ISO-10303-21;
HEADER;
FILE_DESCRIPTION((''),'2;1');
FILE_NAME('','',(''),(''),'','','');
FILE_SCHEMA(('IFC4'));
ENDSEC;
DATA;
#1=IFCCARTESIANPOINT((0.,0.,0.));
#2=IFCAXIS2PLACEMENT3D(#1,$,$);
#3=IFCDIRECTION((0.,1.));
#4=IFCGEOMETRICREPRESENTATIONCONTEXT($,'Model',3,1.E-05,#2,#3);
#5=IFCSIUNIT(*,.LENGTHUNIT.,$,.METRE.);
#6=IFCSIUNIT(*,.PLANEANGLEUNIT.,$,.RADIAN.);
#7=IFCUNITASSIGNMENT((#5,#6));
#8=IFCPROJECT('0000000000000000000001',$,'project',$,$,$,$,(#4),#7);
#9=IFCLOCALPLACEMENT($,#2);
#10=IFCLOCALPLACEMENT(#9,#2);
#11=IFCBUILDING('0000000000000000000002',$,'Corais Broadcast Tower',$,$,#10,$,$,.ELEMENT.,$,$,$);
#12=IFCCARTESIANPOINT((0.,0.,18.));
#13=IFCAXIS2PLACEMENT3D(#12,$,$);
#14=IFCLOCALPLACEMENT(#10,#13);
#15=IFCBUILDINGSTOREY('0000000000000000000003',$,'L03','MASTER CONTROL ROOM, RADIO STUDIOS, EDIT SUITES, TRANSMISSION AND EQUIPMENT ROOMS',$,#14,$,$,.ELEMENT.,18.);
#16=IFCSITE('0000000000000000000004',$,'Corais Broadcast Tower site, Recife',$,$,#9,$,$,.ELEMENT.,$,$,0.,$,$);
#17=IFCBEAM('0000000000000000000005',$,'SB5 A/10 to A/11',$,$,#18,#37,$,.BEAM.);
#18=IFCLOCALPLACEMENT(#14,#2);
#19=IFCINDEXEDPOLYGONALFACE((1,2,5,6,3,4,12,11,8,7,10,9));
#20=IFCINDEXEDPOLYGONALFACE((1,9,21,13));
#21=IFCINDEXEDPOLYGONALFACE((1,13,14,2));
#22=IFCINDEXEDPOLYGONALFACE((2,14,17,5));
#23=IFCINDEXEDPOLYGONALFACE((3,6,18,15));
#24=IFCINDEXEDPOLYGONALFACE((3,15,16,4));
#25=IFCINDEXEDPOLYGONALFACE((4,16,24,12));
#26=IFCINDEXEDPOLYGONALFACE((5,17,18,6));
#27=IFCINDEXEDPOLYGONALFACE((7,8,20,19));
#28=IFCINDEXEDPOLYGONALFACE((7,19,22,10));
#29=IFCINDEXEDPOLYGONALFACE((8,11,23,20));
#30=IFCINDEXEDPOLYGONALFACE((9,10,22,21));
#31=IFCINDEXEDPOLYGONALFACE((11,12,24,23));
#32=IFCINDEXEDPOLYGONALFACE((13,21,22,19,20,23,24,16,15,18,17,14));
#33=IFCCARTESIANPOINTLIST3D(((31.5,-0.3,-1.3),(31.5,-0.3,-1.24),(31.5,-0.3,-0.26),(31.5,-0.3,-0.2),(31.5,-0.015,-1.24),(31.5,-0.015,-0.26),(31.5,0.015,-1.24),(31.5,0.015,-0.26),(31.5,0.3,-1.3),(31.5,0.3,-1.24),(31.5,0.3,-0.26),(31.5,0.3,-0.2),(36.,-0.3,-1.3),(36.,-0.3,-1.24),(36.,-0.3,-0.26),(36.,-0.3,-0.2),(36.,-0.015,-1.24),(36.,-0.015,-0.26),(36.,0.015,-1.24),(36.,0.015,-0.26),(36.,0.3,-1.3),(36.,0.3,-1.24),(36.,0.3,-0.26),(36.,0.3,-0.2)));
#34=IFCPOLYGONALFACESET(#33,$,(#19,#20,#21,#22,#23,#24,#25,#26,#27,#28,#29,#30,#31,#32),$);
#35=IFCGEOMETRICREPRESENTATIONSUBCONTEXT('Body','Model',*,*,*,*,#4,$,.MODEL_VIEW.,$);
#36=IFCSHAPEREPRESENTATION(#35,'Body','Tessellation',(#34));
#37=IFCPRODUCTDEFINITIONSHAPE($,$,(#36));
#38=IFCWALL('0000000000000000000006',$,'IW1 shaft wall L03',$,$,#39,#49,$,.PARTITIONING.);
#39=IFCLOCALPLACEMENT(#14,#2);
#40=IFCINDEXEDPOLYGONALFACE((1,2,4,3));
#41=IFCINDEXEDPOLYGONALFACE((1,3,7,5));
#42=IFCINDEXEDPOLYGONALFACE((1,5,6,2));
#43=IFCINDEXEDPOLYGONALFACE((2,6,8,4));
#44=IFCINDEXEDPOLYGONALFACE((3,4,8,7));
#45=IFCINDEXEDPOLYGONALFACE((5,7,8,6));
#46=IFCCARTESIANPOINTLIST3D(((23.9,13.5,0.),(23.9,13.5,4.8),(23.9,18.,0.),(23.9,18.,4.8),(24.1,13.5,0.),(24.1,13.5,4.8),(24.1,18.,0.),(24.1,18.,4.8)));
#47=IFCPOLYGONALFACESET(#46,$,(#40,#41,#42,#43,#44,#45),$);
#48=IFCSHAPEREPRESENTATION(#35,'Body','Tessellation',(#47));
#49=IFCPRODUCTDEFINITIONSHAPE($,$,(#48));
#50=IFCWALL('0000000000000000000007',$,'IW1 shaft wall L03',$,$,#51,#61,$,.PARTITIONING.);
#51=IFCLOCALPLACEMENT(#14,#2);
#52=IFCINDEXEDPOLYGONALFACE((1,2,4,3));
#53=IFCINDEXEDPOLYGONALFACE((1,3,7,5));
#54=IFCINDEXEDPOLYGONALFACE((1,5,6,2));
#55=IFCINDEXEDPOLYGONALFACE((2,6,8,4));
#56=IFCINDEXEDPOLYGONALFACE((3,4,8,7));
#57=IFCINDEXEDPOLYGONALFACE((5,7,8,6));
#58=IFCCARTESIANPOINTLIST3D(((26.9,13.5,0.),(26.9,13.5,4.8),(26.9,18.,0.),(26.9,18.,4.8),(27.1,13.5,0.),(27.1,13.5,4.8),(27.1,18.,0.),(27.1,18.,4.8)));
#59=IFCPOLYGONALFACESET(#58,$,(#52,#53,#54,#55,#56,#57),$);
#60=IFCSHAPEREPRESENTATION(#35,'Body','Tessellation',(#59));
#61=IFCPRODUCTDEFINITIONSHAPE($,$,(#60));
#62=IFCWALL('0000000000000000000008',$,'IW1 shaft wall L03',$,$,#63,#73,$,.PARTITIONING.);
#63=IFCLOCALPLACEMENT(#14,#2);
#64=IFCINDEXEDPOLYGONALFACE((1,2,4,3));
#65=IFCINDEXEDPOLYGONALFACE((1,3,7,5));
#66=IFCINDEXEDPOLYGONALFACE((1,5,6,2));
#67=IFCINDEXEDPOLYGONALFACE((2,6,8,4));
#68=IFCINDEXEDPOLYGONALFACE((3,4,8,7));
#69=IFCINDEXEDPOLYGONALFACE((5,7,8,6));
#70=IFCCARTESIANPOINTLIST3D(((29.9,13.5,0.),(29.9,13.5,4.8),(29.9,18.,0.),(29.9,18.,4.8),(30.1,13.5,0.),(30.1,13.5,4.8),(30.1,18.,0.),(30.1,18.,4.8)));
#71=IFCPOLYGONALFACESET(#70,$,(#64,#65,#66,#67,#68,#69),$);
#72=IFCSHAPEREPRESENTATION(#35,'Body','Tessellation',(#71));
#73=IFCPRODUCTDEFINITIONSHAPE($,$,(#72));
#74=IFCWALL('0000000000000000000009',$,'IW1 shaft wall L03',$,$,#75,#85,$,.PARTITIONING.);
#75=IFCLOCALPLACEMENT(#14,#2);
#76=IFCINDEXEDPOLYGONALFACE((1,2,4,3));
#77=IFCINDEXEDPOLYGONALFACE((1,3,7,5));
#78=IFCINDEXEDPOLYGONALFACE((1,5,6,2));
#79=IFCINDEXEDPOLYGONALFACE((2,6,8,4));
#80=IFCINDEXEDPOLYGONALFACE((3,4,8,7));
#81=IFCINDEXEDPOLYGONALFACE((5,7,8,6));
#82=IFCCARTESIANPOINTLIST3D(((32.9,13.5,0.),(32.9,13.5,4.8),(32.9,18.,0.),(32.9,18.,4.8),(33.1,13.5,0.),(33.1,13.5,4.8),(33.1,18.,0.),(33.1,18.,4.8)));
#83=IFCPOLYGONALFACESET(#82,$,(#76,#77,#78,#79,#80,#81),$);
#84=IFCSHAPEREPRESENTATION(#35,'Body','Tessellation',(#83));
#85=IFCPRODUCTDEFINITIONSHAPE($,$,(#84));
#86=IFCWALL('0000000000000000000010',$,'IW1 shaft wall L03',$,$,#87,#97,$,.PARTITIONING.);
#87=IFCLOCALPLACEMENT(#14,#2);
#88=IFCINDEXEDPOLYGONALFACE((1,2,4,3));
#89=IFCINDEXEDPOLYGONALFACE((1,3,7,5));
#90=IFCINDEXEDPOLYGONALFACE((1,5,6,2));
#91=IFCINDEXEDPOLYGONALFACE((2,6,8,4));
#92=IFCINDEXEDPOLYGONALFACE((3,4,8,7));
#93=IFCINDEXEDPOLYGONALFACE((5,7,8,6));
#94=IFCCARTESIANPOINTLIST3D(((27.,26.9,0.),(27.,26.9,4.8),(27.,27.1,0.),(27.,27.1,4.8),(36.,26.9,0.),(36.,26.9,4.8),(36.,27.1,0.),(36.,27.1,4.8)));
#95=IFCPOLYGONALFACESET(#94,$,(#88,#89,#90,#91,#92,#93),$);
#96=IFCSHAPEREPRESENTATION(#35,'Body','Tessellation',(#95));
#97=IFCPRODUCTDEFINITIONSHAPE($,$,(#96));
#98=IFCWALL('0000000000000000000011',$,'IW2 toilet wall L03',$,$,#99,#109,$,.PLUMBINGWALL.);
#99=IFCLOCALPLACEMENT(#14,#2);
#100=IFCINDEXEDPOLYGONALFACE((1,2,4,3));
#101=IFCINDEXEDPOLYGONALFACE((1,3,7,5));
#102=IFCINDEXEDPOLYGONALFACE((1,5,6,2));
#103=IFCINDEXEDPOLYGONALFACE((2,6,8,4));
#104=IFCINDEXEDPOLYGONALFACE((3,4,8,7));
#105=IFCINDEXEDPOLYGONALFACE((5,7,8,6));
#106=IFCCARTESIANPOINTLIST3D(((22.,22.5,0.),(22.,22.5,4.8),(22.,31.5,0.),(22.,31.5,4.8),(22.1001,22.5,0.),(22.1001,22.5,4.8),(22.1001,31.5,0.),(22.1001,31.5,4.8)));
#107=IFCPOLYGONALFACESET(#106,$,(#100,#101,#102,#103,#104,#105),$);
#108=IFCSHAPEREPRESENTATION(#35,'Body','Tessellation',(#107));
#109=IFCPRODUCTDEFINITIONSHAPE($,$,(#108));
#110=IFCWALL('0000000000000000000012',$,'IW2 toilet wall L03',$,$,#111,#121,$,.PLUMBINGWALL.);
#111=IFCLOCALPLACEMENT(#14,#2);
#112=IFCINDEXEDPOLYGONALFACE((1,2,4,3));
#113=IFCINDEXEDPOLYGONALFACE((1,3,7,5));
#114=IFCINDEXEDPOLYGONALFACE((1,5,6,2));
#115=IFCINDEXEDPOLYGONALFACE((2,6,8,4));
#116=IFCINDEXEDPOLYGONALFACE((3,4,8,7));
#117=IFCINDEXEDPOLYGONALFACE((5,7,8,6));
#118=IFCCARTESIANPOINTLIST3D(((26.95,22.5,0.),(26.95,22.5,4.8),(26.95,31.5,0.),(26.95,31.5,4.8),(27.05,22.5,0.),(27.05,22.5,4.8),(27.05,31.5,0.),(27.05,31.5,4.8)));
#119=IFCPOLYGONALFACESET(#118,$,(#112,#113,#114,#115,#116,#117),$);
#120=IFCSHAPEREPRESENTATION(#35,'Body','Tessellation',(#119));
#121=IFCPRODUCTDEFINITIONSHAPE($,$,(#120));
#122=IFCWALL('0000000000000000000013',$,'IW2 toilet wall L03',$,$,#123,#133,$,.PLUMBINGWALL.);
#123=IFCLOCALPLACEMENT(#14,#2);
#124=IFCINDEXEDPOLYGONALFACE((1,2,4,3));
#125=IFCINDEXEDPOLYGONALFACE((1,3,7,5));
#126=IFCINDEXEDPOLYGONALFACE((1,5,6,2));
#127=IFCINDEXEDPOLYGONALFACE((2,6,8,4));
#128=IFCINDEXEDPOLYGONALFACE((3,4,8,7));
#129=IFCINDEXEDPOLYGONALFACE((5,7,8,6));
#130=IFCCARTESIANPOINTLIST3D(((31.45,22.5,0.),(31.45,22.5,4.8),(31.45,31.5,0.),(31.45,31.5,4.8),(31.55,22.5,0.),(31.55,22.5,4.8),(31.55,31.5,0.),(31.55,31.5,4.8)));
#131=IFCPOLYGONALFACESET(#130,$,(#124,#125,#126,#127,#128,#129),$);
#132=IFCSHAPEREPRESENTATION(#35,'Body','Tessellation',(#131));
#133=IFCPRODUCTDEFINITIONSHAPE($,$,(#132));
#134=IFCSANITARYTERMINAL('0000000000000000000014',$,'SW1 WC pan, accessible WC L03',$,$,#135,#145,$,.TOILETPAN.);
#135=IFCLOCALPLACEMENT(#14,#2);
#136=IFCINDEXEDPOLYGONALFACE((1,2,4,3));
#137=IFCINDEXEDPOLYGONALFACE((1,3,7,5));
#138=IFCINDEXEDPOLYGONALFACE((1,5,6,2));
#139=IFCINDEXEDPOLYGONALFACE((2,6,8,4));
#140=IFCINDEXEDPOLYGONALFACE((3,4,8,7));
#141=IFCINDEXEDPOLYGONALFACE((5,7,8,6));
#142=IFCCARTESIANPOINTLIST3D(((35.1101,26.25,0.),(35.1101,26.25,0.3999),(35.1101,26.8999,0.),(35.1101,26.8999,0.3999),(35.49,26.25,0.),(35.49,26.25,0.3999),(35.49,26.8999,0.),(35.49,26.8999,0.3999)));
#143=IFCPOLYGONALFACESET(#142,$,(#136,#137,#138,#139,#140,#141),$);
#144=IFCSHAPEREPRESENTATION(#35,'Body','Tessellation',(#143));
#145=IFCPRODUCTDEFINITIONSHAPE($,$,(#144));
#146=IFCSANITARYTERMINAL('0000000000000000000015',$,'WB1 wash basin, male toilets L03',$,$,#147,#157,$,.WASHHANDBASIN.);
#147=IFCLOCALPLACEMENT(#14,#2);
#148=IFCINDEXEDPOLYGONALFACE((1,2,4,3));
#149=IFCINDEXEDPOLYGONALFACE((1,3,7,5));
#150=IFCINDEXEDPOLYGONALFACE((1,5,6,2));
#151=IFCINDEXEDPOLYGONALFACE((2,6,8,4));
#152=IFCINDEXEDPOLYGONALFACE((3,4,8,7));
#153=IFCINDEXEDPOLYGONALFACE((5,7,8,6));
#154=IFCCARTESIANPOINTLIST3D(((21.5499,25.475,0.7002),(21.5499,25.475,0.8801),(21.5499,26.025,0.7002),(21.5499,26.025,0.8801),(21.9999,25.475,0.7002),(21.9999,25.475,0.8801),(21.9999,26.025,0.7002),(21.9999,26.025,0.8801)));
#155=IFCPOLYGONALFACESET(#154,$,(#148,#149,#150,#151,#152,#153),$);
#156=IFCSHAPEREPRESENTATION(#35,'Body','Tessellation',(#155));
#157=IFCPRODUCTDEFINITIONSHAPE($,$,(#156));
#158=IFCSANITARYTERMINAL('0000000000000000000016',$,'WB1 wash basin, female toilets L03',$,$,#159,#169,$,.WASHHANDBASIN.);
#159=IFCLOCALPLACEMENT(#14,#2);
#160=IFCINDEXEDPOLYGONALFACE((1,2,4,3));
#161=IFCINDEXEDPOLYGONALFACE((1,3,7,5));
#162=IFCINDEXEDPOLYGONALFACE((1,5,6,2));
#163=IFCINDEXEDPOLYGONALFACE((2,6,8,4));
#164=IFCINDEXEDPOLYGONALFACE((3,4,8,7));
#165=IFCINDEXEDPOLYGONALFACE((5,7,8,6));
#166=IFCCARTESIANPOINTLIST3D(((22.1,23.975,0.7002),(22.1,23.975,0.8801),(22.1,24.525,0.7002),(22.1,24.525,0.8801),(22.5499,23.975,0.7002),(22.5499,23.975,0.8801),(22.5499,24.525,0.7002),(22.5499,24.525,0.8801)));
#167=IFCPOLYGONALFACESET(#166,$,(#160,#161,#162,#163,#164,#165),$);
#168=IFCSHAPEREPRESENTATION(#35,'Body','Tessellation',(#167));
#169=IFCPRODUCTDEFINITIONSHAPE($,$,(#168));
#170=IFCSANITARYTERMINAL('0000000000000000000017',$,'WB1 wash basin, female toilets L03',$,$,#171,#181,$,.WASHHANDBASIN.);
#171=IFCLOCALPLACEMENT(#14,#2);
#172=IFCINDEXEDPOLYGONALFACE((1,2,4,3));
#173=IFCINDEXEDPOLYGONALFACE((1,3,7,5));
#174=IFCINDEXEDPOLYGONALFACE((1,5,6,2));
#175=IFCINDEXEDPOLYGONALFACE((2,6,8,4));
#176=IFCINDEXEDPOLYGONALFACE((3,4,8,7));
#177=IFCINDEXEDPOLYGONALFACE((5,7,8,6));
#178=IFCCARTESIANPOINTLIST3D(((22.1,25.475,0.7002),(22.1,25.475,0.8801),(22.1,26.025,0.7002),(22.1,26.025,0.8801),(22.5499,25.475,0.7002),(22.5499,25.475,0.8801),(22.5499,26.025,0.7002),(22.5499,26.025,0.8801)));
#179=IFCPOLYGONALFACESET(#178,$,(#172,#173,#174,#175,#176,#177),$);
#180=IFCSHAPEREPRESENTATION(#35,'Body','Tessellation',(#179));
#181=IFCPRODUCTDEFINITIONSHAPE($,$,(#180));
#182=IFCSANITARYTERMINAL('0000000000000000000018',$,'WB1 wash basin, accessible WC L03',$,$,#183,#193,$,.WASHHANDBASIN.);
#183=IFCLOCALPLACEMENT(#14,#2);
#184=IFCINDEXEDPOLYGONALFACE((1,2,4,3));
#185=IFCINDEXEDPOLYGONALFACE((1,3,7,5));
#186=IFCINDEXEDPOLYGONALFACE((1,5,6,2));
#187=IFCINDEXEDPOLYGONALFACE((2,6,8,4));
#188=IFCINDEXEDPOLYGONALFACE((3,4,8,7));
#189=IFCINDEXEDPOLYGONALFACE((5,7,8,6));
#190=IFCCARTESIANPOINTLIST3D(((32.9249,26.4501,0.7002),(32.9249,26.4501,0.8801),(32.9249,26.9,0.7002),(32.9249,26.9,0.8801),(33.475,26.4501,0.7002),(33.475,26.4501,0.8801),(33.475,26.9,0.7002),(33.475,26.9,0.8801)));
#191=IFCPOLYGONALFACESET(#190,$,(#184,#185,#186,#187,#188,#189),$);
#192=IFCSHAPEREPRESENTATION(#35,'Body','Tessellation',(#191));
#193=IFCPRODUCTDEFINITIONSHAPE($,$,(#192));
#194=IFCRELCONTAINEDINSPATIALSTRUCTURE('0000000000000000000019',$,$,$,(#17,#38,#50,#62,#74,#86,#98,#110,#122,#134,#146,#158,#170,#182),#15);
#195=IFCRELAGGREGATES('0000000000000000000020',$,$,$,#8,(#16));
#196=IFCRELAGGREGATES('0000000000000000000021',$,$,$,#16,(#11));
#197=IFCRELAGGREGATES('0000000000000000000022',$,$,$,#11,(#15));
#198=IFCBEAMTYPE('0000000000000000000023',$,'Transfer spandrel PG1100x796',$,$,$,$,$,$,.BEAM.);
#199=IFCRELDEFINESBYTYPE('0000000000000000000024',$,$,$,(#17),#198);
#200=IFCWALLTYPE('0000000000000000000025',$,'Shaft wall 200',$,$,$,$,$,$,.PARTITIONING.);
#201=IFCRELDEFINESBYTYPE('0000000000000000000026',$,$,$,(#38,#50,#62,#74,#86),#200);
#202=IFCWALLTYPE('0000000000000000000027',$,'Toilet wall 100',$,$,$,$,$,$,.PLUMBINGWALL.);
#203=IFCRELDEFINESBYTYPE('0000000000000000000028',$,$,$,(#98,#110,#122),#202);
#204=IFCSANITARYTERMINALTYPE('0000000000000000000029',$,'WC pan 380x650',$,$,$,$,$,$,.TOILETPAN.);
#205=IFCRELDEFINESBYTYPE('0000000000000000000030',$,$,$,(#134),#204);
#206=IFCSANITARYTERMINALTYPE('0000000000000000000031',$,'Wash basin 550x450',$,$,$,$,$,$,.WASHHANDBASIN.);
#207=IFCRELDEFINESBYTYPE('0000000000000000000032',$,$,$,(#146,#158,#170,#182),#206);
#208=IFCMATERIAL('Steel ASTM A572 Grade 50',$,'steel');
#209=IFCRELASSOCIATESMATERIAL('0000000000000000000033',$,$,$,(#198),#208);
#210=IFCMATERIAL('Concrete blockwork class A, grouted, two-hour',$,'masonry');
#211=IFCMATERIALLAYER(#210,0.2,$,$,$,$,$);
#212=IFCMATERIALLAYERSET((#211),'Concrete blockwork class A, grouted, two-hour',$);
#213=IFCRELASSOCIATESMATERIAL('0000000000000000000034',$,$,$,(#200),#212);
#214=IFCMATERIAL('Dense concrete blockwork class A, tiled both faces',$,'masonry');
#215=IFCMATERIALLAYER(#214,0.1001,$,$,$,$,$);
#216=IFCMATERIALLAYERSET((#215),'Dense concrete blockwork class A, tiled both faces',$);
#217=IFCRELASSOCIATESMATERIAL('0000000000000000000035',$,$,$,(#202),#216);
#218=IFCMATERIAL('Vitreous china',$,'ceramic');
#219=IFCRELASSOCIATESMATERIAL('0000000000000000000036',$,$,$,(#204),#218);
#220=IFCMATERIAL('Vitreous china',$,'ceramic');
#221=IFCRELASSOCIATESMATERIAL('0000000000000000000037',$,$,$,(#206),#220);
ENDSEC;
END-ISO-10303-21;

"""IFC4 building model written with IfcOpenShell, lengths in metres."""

from ifc_helpers import new_model, si_unit, direction, frame, frame_2d, origin, origin_2d, place, context, subcontext, project, spatial, rectangle, i_section, extrude, material, layer, layer_set, material_profile, profile_set, type_object, element, save


model = new_model("IFC4")

# Units and contexts
model_context = context("Model", 3, precision=1e-05, world=origin(), true_north=direction((0.0, 1.0)))
body_context = subcontext(model_context, "Body", "Model", "MODEL_VIEW")
ifc_project = project(units=[si_unit("LENGTHUNIT", "METRE"), si_unit("PLANEANGLEUNIT", "RADIAN")], contexts=[model_context])

# Site, building, storey
site_placement = place(None, origin())
site = spatial("IfcSite", under=ifc_project, at=site_placement, Name="Corais Broadcast Tower site, Recife", CompositionType="ELEMENT", RefElevation=0.0)
building_placement = place(site_placement, origin())
building = spatial("IfcBuilding", under=site, at=building_placement, Name="Corais Broadcast Tower", CompositionType="ELEMENT")
storey_placement = place(building_placement, frame((0.0, 0.0, 18.0)))
storey = spatial("IfcBuildingStorey", under=building, at=storey_placement, Name="L03", Description="MASTER CONTROL ROOM, RADIO STUDIOS, EDIT SUITES, TRANSMISSION AND EQUIPMENT ROOMS", CompositionType="ELEMENT", Elevation=18.0)

# Beam
ifc_material_1 = material(Name="Steel ASTM A572 Grade 50", Category="steel")
ifc_material_profile_1 = material_profile(ifc_material_1, i_section(OverallWidth=0.6001, OverallDepth=1.1001, WebThickness=0.03, FlangeThickness=0.0601, at=origin_2d()), Name="PG1100x796")
ifc_profile_set_1 = profile_set([ifc_material_profile_1], Name="Steel ASTM A572 Grade 50")
beam_type_1 = type_object("IfcBeamType", Name="Transfer spandrel PG1100x796", PredefinedType="BEAM", material=ifc_profile_set_1)
for number, where, z_axis, x_axis, name in (
    (1, (31.5, 0.0, -0.75), (1.0, 0.0, 0.0), (0.0, 1.0, 0.0), "SB5 A/10 to A/11"),
):
    element("IfcBeam", number, at=place(storey_placement, frame(where, z_axis=z_axis, x_axis=x_axis)), inside=storey, type_object=beam_type_1, Name=name, PredefinedType="BEAM", context=body_context, shape_type="SweptSolid", body=[
        extrude(i_section(OverallWidth=0.6001, OverallDepth=1.1001, WebThickness=0.03, FlangeThickness=0.0601, at=origin_2d()), origin(), (0.0, 0.0, 1.0), 4.5),
    ])

# Walls
ifc_material_2 = material(Name="Concrete blockwork class A, grouted, two-hour", Category="masonry")
ifc_layer_1 = layer(ifc_material_2, 0.2)
ifc_layer_set_1 = layer_set([ifc_layer_1], Name="Concrete blockwork class A, grouted, two-hour")
wall_type_1 = type_object("IfcWallType", Name="Shaft wall 200", PredefinedType="PARTITIONING", material=ifc_layer_set_1)
for number, where, z_axis, x_axis, name in (
    (2, (24.0, 13.5, 0.0), (0.0, 0.0, 1.0), (0.0, 1.0, 0.0), "IW1 shaft wall L03"),
    (3, (27.0, 13.5, 0.0), (0.0, 0.0, 1.0), (0.0, 1.0, 0.0), "IW1 shaft wall L03"),
    (4, (30.0, 13.5, 0.0), (0.0, 0.0, 1.0), (0.0, 1.0, 0.0), "IW1 shaft wall L03"),
    (5, (33.0, 13.5, 0.0), (0.0, 0.0, 1.0), (0.0, 1.0, 0.0), "IW1 shaft wall L03"),
):
    element("IfcWall", number, at=place(storey_placement, frame(where, z_axis=z_axis, x_axis=x_axis)), inside=storey, type_object=wall_type_1, Name=name, PredefinedType="PARTITIONING", context=body_context, shape_type="SweptSolid", body=[
        extrude(rectangle(XDim=4.5, YDim=0.2, at=frame_2d((2.25, 0.0))), origin(), (0.0, 0.0, 1.0), 4.8),
    ])
wall_placement = place(storey_placement, frame((27.0, 27.0, 0.0), z_axis=(0.0, 0.0, 1.0), x_axis=(1.0, 0.0, 0.0)))
element("IfcWall", 6, at=wall_placement, inside=storey, type_object=wall_type_1, Name="IW1 shaft wall L03", PredefinedType="PARTITIONING", context=body_context, shape_type="SweptSolid", body=[
    extrude(rectangle(XDim=9.0, YDim=0.2, at=frame_2d((4.5, 0.0))), origin(), (0.0, 0.0, 1.0), 4.8),
])
ifc_material_3 = material(Name="Dense concrete blockwork class A, tiled both faces", Category="masonry")
ifc_layer_2 = layer(ifc_material_3, 0.1001)
ifc_layer_set_2 = layer_set([ifc_layer_2], Name="Dense concrete blockwork class A, tiled both faces")
wall_type_2 = type_object("IfcWallType", Name="Toilet wall 100", PredefinedType="PLUMBINGWALL", material=ifc_layer_set_2)
for number, where, z_axis, x_axis, name in (
    (7, (22.05, 22.5, 0.0), (0.0, 0.0, 1.0), (0.0, 1.0, 0.0), "IW2 toilet wall L03"),
    (8, (27.0, 22.5, 0.0), (0.0, 0.0, 1.0), (0.0, 1.0, 0.0), "IW2 toilet wall L03"),
    (9, (31.5, 22.5, 0.0), (0.0, 0.0, 1.0), (0.0, 1.0, 0.0), "IW2 toilet wall L03"),
):
    element("IfcWall", number, at=place(storey_placement, frame(where, z_axis=z_axis, x_axis=x_axis)), inside=storey, type_object=wall_type_2, Name=name, PredefinedType="PLUMBINGWALL", context=body_context, shape_type="SweptSolid", body=[
        extrude(rectangle(XDim=9.0, YDim=0.1001, at=frame_2d((4.5, 0.0))), origin(), (0.0, 0.0, 1.0), 4.8),
    ])

# Sanitary terminals
ifc_material_4 = material(Name="Vitreous china", Category="ceramic")
sanitary_terminal_type_1 = type_object("IfcSanitaryTerminalType", Name="WC pan 380x650", PredefinedType="TOILETPAN", material=ifc_material_4)
sanitary_terminal_1_placement = place(storey_placement, frame((35.3, 26.575, 0.0), z_axis=(0.0, 0.0, 1.0), x_axis=(1.0, 0.0, 0.0)))
element("IfcSanitaryTerminal", 10, at=sanitary_terminal_1_placement, inside=storey, type_object=sanitary_terminal_type_1, Name="SW1 WC pan, accessible WC L03", PredefinedType="TOILETPAN", context=body_context, shape_type="SweptSolid", body=[
    extrude(rectangle(XDim=0.3799, YDim=0.6499, at=origin_2d()), origin(), (0.0, 0.0, 1.0), 0.3999),
])
ifc_material_5 = material(Name="Vitreous china", Category="ceramic")
sanitary_terminal_type_2 = type_object("IfcSanitaryTerminalType", Name="Wash basin 550x450", PredefinedType="WASHHANDBASIN", material=ifc_material_5)
for number, where, z_axis, x_axis, name in (
    (11, (21.7749, 25.75, 0.7002), (0.0, 0.0, 1.0), (1.0, 0.0, 0.0), "WB1 wash basin, male toilets L03"),
    (12, (22.325, 24.25, 0.7002), (0.0, 0.0, 1.0), (1.0, 0.0, 0.0), "WB1 wash basin, female toilets L03"),
    (13, (22.325, 25.75, 0.7002), (0.0, 0.0, 1.0), (1.0, 0.0, 0.0), "WB1 wash basin, female toilets L03"),
):
    element("IfcSanitaryTerminal", number, at=place(storey_placement, frame(where, z_axis=z_axis, x_axis=x_axis)), inside=storey, type_object=sanitary_terminal_type_2, Name=name, PredefinedType="WASHHANDBASIN", context=body_context, shape_type="SweptSolid", body=[
        extrude(rectangle(XDim=0.45, YDim=0.55, at=origin_2d()), origin(), (0.0, 0.0, 1.0), 0.1799),
    ])
sanitary_terminal_2_placement = place(storey_placement, frame((33.2, 26.675, 0.7002), z_axis=(0.0, 0.0, 1.0), x_axis=(1.0, 0.0, 0.0)))
element("IfcSanitaryTerminal", 14, at=sanitary_terminal_2_placement, inside=storey, type_object=sanitary_terminal_type_2, Name="WB1 wash basin, accessible WC L03", PredefinedType="WASHHANDBASIN", context=body_context, shape_type="SweptSolid", body=[
    extrude(rectangle(XDim=0.55, YDim=0.45, at=origin_2d()), origin(), (0.0, 0.0, 1.0), 0.1799),
])

save(model, "model.ifc")
